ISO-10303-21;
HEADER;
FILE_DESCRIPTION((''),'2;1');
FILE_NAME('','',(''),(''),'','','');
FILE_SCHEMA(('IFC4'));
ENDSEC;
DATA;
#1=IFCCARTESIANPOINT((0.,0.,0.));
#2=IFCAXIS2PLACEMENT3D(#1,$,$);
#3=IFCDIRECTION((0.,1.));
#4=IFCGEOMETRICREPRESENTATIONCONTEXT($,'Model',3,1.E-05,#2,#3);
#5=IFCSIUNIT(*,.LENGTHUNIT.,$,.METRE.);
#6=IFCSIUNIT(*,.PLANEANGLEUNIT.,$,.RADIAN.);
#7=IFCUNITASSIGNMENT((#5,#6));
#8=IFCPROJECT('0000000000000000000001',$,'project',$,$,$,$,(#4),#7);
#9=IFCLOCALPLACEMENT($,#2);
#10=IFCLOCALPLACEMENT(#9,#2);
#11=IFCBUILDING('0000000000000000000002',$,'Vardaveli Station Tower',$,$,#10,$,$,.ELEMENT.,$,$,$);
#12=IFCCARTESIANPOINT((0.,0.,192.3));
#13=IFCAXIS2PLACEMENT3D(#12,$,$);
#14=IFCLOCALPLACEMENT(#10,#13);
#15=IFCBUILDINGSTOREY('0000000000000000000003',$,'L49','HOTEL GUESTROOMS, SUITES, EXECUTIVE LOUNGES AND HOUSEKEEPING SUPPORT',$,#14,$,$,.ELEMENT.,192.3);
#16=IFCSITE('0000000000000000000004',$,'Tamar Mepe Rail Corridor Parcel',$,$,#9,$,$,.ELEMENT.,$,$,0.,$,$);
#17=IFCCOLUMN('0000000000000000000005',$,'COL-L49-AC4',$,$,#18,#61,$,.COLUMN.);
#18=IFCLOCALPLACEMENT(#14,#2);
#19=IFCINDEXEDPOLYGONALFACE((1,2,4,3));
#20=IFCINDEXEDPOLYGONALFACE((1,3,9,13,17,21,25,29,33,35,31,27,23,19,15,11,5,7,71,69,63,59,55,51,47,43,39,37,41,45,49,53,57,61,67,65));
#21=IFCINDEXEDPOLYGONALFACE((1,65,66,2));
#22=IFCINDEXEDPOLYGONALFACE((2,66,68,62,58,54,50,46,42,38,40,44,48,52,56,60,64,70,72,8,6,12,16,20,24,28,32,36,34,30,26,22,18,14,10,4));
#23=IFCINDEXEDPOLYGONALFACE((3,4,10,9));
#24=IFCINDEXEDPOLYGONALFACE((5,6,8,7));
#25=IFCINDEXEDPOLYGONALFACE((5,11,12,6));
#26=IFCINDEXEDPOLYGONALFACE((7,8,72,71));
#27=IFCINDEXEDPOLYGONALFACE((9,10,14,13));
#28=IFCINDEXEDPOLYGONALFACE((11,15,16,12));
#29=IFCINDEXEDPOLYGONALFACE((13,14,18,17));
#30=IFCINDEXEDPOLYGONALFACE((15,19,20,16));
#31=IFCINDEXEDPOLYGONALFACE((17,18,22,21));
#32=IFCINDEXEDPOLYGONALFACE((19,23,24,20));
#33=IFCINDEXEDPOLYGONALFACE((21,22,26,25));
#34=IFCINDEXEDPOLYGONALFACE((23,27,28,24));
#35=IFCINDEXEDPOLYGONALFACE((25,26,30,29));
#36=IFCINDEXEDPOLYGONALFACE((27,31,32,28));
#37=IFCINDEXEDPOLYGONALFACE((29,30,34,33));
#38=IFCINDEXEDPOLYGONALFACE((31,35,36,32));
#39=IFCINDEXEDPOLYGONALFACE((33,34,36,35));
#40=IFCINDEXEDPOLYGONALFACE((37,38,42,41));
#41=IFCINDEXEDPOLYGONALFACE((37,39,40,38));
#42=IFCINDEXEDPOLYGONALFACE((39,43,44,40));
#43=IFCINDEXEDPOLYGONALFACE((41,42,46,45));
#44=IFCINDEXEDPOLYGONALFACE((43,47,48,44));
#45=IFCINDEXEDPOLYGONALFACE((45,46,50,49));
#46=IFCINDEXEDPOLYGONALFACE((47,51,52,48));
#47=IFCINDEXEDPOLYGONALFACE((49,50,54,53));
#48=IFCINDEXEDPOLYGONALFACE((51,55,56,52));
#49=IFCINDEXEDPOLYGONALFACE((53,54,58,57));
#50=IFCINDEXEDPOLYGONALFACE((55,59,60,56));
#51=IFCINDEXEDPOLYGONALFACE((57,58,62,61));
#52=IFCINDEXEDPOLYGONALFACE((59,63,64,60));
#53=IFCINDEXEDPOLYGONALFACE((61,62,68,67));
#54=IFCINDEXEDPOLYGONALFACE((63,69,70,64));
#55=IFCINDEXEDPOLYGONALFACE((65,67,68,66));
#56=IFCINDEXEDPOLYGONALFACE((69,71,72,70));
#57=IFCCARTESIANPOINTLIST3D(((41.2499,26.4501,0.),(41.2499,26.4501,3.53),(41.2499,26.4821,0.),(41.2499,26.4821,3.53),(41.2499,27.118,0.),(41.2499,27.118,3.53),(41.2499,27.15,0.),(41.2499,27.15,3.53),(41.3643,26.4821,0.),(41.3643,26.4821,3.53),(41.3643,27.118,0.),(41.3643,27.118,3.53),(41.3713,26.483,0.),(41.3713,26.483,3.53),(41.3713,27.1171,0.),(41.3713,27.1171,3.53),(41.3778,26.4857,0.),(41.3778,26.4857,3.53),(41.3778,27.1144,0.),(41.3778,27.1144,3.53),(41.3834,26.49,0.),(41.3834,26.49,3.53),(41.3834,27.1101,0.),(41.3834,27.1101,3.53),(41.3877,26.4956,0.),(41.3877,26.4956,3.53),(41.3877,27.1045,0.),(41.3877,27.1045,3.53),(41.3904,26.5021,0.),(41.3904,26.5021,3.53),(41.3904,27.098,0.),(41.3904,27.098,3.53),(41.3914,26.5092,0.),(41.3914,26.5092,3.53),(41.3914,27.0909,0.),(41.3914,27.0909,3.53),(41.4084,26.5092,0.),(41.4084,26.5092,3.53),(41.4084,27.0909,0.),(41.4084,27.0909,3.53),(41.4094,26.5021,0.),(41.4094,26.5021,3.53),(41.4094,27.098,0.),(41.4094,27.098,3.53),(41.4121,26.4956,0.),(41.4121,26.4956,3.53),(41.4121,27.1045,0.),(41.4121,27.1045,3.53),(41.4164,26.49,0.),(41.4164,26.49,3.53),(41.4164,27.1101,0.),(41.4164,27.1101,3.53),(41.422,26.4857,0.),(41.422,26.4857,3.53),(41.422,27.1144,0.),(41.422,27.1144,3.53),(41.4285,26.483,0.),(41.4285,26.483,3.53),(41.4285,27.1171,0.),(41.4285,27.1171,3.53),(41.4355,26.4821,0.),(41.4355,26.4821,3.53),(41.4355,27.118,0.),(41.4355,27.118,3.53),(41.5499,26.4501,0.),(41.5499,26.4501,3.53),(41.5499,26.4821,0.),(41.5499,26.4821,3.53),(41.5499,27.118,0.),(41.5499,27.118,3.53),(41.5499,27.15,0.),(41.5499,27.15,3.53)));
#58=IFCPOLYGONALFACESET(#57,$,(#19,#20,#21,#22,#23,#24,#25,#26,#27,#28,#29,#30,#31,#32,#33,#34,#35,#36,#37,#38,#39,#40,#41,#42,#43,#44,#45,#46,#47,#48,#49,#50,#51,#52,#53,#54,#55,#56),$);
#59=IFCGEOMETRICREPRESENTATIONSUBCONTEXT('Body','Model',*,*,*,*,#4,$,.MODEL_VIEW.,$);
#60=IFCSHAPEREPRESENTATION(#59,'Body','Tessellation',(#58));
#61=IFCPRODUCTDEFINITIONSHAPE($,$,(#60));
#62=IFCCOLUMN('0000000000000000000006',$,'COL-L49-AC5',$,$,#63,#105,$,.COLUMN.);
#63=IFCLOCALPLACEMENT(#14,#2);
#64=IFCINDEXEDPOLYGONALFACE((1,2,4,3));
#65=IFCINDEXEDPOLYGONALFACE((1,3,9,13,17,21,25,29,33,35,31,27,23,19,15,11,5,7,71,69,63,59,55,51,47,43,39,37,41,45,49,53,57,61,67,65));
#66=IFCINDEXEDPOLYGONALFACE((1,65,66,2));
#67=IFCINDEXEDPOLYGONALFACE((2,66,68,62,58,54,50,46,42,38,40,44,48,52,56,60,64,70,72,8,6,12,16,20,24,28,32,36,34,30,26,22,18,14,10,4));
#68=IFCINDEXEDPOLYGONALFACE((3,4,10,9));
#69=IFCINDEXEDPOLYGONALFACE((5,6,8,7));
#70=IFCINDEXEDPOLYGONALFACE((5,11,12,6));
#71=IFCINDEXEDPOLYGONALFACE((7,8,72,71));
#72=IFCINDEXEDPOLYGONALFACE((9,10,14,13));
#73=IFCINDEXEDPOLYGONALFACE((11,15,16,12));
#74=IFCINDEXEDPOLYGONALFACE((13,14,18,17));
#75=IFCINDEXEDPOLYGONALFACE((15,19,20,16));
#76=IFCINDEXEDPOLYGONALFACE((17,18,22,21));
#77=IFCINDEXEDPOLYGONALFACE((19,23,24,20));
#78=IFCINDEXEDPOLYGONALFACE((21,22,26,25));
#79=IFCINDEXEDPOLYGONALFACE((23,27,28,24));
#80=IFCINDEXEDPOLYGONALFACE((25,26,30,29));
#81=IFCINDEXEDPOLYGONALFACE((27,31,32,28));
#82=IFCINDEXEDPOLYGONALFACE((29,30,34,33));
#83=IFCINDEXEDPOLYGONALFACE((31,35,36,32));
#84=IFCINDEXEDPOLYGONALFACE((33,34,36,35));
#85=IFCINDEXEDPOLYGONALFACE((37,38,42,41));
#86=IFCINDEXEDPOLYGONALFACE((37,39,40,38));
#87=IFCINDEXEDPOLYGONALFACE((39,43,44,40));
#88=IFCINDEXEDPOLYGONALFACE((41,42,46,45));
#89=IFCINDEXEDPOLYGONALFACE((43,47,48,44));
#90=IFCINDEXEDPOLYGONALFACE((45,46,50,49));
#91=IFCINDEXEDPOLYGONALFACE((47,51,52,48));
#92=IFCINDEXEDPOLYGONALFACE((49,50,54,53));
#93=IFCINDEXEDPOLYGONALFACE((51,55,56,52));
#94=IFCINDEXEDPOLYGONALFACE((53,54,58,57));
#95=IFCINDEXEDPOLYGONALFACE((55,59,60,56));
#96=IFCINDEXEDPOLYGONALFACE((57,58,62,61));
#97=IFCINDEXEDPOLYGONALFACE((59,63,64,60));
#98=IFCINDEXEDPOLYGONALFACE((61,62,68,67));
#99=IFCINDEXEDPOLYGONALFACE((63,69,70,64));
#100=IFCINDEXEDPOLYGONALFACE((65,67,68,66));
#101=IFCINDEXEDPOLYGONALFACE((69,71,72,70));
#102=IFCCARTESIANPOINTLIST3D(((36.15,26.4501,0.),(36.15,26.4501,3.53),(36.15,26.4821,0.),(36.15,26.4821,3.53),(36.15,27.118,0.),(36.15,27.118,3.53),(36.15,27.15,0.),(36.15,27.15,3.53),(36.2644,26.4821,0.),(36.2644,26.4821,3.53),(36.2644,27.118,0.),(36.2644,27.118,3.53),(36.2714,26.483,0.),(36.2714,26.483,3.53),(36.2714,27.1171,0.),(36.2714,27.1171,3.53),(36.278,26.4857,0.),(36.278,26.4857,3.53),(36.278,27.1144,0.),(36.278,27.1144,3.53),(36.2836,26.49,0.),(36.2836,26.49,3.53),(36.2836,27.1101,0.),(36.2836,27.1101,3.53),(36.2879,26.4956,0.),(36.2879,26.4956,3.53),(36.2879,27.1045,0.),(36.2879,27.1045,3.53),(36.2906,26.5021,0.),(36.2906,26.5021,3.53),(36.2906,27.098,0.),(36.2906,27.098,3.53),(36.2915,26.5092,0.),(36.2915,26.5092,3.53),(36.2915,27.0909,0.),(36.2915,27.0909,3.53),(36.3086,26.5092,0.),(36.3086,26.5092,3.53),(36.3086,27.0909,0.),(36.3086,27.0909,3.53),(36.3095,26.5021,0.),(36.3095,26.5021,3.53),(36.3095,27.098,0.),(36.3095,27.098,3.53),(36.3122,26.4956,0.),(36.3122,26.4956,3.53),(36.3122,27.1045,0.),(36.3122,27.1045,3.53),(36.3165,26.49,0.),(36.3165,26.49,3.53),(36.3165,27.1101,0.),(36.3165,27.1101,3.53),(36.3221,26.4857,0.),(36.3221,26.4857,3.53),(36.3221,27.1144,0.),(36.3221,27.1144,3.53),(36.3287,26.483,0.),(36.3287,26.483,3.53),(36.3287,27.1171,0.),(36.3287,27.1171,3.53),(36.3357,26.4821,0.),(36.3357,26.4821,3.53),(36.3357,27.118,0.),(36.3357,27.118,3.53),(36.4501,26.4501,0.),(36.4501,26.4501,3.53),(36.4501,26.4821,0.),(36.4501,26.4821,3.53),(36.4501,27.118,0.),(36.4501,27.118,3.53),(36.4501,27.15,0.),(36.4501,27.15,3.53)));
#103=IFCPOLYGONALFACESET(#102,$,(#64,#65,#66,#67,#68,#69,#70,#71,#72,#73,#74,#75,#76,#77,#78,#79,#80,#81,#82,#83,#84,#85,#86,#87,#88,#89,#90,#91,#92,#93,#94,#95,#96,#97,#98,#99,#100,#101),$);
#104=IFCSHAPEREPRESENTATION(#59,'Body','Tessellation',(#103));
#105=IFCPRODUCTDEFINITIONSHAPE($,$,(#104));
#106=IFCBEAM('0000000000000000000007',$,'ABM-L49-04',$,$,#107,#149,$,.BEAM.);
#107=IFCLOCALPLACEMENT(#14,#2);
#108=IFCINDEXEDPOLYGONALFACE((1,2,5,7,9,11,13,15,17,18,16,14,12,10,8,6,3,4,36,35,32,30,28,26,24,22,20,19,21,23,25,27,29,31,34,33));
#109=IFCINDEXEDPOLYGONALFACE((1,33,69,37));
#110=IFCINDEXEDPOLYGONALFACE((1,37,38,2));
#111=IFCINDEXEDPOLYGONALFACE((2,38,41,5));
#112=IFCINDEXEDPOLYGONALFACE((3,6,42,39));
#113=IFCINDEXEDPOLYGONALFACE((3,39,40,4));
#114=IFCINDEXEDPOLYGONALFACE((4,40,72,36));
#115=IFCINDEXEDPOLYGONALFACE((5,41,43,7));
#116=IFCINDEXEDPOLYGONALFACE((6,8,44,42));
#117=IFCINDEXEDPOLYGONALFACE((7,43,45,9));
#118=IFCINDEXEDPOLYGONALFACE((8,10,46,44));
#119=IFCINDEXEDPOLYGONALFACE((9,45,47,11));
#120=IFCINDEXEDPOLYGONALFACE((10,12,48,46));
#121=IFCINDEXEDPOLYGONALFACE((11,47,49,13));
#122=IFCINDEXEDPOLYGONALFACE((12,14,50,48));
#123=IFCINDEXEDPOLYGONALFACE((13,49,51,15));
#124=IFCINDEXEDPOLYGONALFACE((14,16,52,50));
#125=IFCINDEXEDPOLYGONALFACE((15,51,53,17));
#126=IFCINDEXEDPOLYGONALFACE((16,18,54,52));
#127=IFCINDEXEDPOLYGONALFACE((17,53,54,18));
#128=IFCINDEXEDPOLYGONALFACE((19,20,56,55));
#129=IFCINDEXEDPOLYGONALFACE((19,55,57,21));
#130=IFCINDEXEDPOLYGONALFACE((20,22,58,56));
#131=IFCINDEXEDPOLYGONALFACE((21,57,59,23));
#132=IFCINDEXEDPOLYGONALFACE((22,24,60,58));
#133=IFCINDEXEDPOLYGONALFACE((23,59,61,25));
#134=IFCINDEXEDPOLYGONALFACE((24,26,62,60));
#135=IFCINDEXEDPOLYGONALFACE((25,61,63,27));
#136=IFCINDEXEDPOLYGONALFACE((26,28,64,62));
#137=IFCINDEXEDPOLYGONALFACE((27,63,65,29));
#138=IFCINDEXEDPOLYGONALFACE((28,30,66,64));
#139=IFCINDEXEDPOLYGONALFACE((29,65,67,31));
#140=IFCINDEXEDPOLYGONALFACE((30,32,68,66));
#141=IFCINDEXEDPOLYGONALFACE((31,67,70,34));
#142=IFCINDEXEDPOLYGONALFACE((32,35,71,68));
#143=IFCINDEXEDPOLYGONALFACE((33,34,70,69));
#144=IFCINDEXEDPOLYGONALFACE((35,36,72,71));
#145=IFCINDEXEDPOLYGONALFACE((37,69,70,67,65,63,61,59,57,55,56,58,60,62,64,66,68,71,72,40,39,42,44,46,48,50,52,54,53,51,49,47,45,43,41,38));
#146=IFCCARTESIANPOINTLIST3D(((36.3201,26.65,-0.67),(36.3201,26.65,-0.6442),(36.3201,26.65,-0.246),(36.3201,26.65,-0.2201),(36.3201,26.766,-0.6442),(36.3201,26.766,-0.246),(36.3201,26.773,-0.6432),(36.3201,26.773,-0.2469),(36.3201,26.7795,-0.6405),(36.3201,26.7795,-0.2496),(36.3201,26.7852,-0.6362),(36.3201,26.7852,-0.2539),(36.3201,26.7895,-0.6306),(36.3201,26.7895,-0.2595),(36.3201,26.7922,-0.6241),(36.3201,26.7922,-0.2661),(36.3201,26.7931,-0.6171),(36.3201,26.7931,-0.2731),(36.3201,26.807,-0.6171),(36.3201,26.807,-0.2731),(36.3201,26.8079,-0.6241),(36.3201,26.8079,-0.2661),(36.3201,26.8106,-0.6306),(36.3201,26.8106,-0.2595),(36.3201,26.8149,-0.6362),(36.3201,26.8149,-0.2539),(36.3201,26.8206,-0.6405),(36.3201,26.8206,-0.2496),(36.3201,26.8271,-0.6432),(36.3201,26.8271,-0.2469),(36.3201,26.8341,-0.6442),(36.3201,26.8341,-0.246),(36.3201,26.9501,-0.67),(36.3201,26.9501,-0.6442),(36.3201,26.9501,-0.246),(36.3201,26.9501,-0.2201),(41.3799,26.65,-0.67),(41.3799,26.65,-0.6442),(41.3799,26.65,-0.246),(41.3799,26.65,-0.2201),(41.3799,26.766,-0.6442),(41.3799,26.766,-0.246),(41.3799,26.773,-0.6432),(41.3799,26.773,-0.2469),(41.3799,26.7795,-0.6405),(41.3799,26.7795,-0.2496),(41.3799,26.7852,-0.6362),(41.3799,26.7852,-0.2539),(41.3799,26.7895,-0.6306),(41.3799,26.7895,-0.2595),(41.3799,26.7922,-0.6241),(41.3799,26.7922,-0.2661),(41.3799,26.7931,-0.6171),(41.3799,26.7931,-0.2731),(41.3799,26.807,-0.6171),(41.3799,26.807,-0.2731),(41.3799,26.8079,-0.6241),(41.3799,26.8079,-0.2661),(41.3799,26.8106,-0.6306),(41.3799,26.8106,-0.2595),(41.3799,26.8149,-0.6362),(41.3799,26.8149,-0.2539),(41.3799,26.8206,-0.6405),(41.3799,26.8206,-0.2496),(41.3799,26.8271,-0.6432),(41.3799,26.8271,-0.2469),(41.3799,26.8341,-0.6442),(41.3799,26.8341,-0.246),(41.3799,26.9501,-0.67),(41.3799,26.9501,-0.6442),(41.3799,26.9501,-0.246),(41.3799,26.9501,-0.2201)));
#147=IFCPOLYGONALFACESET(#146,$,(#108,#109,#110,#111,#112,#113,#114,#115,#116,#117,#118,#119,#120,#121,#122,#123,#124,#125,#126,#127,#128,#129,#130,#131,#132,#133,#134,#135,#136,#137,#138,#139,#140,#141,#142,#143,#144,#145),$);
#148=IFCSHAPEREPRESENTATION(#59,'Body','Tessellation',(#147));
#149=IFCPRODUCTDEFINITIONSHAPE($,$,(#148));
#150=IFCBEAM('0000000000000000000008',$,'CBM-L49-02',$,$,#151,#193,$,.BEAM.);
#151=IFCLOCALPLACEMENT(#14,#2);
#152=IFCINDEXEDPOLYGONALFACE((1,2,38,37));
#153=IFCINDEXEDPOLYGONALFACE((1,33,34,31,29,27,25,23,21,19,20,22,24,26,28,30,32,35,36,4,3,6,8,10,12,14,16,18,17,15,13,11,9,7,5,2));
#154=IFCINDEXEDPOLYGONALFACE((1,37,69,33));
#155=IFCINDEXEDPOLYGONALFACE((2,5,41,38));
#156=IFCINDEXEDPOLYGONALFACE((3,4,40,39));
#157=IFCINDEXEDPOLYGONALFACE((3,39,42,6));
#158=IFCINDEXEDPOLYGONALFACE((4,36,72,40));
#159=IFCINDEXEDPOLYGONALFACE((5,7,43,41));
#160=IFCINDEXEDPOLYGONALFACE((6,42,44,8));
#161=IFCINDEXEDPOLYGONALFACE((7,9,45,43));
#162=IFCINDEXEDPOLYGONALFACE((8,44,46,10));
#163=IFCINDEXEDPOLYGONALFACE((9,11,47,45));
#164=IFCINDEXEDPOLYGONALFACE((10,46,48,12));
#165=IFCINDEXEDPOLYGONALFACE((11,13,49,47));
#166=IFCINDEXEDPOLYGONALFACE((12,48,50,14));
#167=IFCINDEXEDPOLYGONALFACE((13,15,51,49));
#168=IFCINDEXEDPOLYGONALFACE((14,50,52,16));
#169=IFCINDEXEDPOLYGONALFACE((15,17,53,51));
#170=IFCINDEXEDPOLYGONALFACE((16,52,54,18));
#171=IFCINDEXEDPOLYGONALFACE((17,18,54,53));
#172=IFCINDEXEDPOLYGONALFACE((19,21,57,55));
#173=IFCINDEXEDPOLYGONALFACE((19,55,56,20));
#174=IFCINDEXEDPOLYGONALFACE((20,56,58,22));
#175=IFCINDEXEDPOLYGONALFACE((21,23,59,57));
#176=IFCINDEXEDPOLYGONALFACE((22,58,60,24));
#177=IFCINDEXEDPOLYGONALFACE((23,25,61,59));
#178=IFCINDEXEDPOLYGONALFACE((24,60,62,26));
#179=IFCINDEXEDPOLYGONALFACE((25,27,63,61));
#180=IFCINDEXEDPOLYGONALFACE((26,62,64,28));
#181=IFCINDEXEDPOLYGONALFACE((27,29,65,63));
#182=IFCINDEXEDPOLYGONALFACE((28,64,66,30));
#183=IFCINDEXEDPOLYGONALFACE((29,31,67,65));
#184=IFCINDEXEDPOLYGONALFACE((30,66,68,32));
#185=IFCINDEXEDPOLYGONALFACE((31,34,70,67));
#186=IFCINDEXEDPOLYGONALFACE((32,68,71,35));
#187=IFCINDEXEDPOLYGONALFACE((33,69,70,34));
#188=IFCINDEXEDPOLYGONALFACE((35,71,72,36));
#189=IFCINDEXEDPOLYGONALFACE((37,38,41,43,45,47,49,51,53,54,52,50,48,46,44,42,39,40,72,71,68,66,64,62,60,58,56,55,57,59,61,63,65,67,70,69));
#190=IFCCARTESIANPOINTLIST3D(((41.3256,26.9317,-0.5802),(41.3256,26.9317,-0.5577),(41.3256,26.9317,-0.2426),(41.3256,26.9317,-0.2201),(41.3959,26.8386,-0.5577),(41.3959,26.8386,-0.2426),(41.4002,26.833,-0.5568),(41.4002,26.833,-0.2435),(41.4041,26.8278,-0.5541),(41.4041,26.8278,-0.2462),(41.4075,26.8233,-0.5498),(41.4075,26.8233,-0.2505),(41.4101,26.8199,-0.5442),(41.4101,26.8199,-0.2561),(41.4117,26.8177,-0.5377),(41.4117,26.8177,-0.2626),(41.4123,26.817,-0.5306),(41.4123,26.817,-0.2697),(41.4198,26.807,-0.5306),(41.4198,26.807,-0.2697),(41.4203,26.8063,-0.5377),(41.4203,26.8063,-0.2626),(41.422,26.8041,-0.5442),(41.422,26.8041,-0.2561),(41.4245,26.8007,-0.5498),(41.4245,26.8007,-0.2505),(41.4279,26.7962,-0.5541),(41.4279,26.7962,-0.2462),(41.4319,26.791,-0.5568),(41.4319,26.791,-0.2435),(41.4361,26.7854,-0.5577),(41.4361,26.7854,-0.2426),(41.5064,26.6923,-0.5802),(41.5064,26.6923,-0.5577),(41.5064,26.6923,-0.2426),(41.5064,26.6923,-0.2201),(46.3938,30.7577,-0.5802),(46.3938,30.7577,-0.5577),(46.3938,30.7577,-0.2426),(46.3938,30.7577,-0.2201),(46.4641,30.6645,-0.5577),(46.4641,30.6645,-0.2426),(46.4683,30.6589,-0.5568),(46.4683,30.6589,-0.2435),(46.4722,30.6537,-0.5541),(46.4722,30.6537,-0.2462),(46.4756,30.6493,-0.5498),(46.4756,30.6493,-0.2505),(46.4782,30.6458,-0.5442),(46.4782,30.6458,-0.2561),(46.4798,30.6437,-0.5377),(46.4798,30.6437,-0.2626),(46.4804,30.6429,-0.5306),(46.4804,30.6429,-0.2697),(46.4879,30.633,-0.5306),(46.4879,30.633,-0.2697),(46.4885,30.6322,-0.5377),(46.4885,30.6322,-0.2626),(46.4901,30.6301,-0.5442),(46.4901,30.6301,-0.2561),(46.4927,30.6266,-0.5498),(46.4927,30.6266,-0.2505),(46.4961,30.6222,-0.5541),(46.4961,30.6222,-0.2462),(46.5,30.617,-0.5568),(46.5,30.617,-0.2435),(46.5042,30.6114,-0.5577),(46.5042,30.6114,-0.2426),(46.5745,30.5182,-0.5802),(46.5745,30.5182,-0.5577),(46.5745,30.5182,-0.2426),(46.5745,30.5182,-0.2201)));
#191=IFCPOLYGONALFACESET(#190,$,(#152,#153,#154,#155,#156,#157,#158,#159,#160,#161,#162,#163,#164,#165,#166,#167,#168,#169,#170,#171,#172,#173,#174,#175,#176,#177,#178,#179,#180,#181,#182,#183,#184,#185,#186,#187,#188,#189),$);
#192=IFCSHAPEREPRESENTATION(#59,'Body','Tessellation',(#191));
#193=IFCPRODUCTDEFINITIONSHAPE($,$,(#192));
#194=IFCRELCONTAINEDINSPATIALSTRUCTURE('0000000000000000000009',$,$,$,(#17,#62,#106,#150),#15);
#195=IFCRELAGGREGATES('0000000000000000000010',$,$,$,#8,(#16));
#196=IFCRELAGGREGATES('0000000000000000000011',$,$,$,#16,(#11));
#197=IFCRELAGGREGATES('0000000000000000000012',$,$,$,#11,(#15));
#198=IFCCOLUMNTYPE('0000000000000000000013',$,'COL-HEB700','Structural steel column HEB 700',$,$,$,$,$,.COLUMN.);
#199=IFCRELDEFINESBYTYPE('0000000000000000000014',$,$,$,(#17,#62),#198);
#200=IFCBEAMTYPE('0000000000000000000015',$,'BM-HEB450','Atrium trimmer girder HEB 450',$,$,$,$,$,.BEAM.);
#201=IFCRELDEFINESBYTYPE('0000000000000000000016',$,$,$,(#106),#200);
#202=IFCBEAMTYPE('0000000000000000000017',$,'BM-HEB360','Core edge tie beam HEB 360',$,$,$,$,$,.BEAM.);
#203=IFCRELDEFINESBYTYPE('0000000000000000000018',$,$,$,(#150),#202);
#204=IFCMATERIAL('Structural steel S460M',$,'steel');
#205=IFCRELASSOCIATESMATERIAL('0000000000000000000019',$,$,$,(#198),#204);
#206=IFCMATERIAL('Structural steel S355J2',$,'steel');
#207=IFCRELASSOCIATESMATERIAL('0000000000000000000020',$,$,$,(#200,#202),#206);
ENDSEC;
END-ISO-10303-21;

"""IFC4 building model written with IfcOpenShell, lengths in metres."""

from ifc_helpers import new_model, si_unit, direction, frame, origin, origin_2d, place, context, subcontext, project, spatial, i_section, extrude, source, transform, mapped, material, material_profile, profile_set, type_object, element, save


model = new_model("IFC4")

# Units and contexts
model_context = context("Model", 3, precision=1e-05, world=origin(), true_north=direction((0.0, 1.0)))
body_context = subcontext(model_context, "Body", "Model", "MODEL_VIEW")
ifc_project = project(units=[si_unit("LENGTHUNIT", "METRE"), si_unit("PLANEANGLEUNIT", "RADIAN")], contexts=[model_context])

# Site, building, storey
site_placement = place(None, origin())
site = spatial("IfcSite", under=ifc_project, at=site_placement, Name="Tamar Mepe Rail Corridor Parcel", CompositionType="ELEMENT", RefElevation=0.0)
building_placement = place(site_placement, origin())
building = spatial("IfcBuilding", under=site, at=building_placement, Name="Vardaveli Station Tower", CompositionType="ELEMENT")
storey_placement = place(building_placement, frame((0.0, 0.0, 192.3)))
storey = spatial("IfcBuildingStorey", under=building, at=storey_placement, Name="L49", Description="HOTEL GUESTROOMS, SUITES, EXECUTIVE LOUNGES AND HOUSEKEEPING SUPPORT", CompositionType="ELEMENT", Elevation=192.3)

# Columns
ifc_material_1 = material(Name="Structural steel S460M", Category="steel")
ifc_material_profile_1 = material_profile(ifc_material_1, i_section(OverallWidth=0.3, OverallDepth=0.7, WebThickness=0.0171, FlangeThickness=0.032, FilletRadius=0.0271, at=origin_2d()), Name="HEB 700")
ifc_profile_set_1 = profile_set([ifc_material_profile_1], Name="Structural steel S460M")
column_type = type_object("IfcColumnType", Name="COL-HEB700", Description="Structural steel column HEB 700", PredefinedType="COLUMN", material=ifc_profile_set_1)
shared_shape_1 = source(origin(), body_context, "Body", "SweptSolid", [
    extrude(i_section(OverallWidth=0.3, OverallDepth=0.7, WebThickness=0.0171, FlangeThickness=0.032, FilletRadius=0.0271, at=origin_2d()), origin(), (0.0, 0.0, 1.0), 3.53),
])
for number, where, z_axis, x_axis, name in (
    (1, (41.3999, 26.8, 0.0), (0.0, 0.0, 1.0), (1.0, 0.0, 0.0), "COL-L49-AC4"),
    (2, (36.3, 26.8, 0.0), (0.0, 0.0, 1.0), (1.0, 0.0, 0.0), "COL-L49-AC5"),
):
    element("IfcColumn", number, at=place(storey_placement, frame(where, z_axis=z_axis, x_axis=x_axis)), inside=storey, type_object=column_type, Name=name, PredefinedType="COLUMN", context=body_context, shape_type="MappedRepresentation", body=[
        mapped(shared_shape_1, transform((0.0, 0.0, 0.0), scale=1.0)),
    ])

# Beams
ifc_material_2 = material(Name="Structural steel S355J2", Category="steel")
ifc_material_profile_2 = material_profile(ifc_material_2, i_section(OverallWidth=0.3, OverallDepth=0.45, WebThickness=0.0139, FlangeThickness=0.0259, FilletRadius=0.0271, at=origin_2d()), Name="HEB 450")
ifc_profile_set_2 = profile_set([ifc_material_profile_2], Name="Structural steel S355J2")
beam_type_1 = type_object("IfcBeamType", Name="BM-HEB450", Description="Atrium trimmer girder HEB 450", PredefinedType="BEAM", material=ifc_profile_set_2)
shared_shape_2 = source(origin(), body_context, "Body", "SweptSolid", [
    extrude(i_section(OverallWidth=0.3, OverallDepth=0.45, WebThickness=0.0139, FlangeThickness=0.0259, FilletRadius=0.0271, at=origin_2d()), origin(), (0.0, 0.0, 1.0), 5.0598),
])
beam_1_placement = place(storey_placement, frame((41.3799, 26.8, -0.4451), z_axis=(-1.0, 0.0, 0.0), x_axis=(0.0, -1.0, 0.0)))
element("IfcBeam", 3, at=beam_1_placement, inside=storey, type_object=beam_type_1, Name="ABM-L49-04", PredefinedType="BEAM", context=body_context, shape_type="MappedRepresentation", body=[
    mapped(shared_shape_2, transform((0.0, 0.0, 0.0), scale=1.0)),
])
ifc_material_profile_3 = material_profile(ifc_material_2, i_section(OverallWidth=0.3, OverallDepth=0.3601, WebThickness=0.0125, FlangeThickness=0.0225, FilletRadius=0.0271, at=origin_2d()), Name="HEB 360")
ifc_profile_set_3 = profile_set([ifc_material_profile_3], Name="Structural steel S355J2")
beam_type_2 = type_object("IfcBeamType", Name="BM-HEB360", Description="Core edge tie beam HEB 360", PredefinedType="BEAM", material=ifc_profile_set_3)
shared_shape_3 = source(origin(), body_context, "Body", "SweptSolid", [
    extrude(i_section(OverallWidth=0.3, OverallDepth=0.3601, WebThickness=0.0125, FlangeThickness=0.0225, FilletRadius=0.0271, at=origin_2d()), origin(), (0.0, 0.0, 1.0), 6.3501),
])
beam_2_placement = place(storey_placement, frame((41.416, 26.812, -0.4001), z_axis=(0.798118, 0.602501, 0.0), x_axis=(-0.602501, 0.798118, 0.0)))
element("IfcBeam", 4, at=beam_2_placement, inside=storey, type_object=beam_type_2, Name="CBM-L49-02", PredefinedType="BEAM", context=body_context, shape_type="MappedRepresentation", body=[
    mapped(shared_shape_3, transform((0.0, 0.0, 0.0), scale=1.0)),
])

save(model, "model.ifc")
